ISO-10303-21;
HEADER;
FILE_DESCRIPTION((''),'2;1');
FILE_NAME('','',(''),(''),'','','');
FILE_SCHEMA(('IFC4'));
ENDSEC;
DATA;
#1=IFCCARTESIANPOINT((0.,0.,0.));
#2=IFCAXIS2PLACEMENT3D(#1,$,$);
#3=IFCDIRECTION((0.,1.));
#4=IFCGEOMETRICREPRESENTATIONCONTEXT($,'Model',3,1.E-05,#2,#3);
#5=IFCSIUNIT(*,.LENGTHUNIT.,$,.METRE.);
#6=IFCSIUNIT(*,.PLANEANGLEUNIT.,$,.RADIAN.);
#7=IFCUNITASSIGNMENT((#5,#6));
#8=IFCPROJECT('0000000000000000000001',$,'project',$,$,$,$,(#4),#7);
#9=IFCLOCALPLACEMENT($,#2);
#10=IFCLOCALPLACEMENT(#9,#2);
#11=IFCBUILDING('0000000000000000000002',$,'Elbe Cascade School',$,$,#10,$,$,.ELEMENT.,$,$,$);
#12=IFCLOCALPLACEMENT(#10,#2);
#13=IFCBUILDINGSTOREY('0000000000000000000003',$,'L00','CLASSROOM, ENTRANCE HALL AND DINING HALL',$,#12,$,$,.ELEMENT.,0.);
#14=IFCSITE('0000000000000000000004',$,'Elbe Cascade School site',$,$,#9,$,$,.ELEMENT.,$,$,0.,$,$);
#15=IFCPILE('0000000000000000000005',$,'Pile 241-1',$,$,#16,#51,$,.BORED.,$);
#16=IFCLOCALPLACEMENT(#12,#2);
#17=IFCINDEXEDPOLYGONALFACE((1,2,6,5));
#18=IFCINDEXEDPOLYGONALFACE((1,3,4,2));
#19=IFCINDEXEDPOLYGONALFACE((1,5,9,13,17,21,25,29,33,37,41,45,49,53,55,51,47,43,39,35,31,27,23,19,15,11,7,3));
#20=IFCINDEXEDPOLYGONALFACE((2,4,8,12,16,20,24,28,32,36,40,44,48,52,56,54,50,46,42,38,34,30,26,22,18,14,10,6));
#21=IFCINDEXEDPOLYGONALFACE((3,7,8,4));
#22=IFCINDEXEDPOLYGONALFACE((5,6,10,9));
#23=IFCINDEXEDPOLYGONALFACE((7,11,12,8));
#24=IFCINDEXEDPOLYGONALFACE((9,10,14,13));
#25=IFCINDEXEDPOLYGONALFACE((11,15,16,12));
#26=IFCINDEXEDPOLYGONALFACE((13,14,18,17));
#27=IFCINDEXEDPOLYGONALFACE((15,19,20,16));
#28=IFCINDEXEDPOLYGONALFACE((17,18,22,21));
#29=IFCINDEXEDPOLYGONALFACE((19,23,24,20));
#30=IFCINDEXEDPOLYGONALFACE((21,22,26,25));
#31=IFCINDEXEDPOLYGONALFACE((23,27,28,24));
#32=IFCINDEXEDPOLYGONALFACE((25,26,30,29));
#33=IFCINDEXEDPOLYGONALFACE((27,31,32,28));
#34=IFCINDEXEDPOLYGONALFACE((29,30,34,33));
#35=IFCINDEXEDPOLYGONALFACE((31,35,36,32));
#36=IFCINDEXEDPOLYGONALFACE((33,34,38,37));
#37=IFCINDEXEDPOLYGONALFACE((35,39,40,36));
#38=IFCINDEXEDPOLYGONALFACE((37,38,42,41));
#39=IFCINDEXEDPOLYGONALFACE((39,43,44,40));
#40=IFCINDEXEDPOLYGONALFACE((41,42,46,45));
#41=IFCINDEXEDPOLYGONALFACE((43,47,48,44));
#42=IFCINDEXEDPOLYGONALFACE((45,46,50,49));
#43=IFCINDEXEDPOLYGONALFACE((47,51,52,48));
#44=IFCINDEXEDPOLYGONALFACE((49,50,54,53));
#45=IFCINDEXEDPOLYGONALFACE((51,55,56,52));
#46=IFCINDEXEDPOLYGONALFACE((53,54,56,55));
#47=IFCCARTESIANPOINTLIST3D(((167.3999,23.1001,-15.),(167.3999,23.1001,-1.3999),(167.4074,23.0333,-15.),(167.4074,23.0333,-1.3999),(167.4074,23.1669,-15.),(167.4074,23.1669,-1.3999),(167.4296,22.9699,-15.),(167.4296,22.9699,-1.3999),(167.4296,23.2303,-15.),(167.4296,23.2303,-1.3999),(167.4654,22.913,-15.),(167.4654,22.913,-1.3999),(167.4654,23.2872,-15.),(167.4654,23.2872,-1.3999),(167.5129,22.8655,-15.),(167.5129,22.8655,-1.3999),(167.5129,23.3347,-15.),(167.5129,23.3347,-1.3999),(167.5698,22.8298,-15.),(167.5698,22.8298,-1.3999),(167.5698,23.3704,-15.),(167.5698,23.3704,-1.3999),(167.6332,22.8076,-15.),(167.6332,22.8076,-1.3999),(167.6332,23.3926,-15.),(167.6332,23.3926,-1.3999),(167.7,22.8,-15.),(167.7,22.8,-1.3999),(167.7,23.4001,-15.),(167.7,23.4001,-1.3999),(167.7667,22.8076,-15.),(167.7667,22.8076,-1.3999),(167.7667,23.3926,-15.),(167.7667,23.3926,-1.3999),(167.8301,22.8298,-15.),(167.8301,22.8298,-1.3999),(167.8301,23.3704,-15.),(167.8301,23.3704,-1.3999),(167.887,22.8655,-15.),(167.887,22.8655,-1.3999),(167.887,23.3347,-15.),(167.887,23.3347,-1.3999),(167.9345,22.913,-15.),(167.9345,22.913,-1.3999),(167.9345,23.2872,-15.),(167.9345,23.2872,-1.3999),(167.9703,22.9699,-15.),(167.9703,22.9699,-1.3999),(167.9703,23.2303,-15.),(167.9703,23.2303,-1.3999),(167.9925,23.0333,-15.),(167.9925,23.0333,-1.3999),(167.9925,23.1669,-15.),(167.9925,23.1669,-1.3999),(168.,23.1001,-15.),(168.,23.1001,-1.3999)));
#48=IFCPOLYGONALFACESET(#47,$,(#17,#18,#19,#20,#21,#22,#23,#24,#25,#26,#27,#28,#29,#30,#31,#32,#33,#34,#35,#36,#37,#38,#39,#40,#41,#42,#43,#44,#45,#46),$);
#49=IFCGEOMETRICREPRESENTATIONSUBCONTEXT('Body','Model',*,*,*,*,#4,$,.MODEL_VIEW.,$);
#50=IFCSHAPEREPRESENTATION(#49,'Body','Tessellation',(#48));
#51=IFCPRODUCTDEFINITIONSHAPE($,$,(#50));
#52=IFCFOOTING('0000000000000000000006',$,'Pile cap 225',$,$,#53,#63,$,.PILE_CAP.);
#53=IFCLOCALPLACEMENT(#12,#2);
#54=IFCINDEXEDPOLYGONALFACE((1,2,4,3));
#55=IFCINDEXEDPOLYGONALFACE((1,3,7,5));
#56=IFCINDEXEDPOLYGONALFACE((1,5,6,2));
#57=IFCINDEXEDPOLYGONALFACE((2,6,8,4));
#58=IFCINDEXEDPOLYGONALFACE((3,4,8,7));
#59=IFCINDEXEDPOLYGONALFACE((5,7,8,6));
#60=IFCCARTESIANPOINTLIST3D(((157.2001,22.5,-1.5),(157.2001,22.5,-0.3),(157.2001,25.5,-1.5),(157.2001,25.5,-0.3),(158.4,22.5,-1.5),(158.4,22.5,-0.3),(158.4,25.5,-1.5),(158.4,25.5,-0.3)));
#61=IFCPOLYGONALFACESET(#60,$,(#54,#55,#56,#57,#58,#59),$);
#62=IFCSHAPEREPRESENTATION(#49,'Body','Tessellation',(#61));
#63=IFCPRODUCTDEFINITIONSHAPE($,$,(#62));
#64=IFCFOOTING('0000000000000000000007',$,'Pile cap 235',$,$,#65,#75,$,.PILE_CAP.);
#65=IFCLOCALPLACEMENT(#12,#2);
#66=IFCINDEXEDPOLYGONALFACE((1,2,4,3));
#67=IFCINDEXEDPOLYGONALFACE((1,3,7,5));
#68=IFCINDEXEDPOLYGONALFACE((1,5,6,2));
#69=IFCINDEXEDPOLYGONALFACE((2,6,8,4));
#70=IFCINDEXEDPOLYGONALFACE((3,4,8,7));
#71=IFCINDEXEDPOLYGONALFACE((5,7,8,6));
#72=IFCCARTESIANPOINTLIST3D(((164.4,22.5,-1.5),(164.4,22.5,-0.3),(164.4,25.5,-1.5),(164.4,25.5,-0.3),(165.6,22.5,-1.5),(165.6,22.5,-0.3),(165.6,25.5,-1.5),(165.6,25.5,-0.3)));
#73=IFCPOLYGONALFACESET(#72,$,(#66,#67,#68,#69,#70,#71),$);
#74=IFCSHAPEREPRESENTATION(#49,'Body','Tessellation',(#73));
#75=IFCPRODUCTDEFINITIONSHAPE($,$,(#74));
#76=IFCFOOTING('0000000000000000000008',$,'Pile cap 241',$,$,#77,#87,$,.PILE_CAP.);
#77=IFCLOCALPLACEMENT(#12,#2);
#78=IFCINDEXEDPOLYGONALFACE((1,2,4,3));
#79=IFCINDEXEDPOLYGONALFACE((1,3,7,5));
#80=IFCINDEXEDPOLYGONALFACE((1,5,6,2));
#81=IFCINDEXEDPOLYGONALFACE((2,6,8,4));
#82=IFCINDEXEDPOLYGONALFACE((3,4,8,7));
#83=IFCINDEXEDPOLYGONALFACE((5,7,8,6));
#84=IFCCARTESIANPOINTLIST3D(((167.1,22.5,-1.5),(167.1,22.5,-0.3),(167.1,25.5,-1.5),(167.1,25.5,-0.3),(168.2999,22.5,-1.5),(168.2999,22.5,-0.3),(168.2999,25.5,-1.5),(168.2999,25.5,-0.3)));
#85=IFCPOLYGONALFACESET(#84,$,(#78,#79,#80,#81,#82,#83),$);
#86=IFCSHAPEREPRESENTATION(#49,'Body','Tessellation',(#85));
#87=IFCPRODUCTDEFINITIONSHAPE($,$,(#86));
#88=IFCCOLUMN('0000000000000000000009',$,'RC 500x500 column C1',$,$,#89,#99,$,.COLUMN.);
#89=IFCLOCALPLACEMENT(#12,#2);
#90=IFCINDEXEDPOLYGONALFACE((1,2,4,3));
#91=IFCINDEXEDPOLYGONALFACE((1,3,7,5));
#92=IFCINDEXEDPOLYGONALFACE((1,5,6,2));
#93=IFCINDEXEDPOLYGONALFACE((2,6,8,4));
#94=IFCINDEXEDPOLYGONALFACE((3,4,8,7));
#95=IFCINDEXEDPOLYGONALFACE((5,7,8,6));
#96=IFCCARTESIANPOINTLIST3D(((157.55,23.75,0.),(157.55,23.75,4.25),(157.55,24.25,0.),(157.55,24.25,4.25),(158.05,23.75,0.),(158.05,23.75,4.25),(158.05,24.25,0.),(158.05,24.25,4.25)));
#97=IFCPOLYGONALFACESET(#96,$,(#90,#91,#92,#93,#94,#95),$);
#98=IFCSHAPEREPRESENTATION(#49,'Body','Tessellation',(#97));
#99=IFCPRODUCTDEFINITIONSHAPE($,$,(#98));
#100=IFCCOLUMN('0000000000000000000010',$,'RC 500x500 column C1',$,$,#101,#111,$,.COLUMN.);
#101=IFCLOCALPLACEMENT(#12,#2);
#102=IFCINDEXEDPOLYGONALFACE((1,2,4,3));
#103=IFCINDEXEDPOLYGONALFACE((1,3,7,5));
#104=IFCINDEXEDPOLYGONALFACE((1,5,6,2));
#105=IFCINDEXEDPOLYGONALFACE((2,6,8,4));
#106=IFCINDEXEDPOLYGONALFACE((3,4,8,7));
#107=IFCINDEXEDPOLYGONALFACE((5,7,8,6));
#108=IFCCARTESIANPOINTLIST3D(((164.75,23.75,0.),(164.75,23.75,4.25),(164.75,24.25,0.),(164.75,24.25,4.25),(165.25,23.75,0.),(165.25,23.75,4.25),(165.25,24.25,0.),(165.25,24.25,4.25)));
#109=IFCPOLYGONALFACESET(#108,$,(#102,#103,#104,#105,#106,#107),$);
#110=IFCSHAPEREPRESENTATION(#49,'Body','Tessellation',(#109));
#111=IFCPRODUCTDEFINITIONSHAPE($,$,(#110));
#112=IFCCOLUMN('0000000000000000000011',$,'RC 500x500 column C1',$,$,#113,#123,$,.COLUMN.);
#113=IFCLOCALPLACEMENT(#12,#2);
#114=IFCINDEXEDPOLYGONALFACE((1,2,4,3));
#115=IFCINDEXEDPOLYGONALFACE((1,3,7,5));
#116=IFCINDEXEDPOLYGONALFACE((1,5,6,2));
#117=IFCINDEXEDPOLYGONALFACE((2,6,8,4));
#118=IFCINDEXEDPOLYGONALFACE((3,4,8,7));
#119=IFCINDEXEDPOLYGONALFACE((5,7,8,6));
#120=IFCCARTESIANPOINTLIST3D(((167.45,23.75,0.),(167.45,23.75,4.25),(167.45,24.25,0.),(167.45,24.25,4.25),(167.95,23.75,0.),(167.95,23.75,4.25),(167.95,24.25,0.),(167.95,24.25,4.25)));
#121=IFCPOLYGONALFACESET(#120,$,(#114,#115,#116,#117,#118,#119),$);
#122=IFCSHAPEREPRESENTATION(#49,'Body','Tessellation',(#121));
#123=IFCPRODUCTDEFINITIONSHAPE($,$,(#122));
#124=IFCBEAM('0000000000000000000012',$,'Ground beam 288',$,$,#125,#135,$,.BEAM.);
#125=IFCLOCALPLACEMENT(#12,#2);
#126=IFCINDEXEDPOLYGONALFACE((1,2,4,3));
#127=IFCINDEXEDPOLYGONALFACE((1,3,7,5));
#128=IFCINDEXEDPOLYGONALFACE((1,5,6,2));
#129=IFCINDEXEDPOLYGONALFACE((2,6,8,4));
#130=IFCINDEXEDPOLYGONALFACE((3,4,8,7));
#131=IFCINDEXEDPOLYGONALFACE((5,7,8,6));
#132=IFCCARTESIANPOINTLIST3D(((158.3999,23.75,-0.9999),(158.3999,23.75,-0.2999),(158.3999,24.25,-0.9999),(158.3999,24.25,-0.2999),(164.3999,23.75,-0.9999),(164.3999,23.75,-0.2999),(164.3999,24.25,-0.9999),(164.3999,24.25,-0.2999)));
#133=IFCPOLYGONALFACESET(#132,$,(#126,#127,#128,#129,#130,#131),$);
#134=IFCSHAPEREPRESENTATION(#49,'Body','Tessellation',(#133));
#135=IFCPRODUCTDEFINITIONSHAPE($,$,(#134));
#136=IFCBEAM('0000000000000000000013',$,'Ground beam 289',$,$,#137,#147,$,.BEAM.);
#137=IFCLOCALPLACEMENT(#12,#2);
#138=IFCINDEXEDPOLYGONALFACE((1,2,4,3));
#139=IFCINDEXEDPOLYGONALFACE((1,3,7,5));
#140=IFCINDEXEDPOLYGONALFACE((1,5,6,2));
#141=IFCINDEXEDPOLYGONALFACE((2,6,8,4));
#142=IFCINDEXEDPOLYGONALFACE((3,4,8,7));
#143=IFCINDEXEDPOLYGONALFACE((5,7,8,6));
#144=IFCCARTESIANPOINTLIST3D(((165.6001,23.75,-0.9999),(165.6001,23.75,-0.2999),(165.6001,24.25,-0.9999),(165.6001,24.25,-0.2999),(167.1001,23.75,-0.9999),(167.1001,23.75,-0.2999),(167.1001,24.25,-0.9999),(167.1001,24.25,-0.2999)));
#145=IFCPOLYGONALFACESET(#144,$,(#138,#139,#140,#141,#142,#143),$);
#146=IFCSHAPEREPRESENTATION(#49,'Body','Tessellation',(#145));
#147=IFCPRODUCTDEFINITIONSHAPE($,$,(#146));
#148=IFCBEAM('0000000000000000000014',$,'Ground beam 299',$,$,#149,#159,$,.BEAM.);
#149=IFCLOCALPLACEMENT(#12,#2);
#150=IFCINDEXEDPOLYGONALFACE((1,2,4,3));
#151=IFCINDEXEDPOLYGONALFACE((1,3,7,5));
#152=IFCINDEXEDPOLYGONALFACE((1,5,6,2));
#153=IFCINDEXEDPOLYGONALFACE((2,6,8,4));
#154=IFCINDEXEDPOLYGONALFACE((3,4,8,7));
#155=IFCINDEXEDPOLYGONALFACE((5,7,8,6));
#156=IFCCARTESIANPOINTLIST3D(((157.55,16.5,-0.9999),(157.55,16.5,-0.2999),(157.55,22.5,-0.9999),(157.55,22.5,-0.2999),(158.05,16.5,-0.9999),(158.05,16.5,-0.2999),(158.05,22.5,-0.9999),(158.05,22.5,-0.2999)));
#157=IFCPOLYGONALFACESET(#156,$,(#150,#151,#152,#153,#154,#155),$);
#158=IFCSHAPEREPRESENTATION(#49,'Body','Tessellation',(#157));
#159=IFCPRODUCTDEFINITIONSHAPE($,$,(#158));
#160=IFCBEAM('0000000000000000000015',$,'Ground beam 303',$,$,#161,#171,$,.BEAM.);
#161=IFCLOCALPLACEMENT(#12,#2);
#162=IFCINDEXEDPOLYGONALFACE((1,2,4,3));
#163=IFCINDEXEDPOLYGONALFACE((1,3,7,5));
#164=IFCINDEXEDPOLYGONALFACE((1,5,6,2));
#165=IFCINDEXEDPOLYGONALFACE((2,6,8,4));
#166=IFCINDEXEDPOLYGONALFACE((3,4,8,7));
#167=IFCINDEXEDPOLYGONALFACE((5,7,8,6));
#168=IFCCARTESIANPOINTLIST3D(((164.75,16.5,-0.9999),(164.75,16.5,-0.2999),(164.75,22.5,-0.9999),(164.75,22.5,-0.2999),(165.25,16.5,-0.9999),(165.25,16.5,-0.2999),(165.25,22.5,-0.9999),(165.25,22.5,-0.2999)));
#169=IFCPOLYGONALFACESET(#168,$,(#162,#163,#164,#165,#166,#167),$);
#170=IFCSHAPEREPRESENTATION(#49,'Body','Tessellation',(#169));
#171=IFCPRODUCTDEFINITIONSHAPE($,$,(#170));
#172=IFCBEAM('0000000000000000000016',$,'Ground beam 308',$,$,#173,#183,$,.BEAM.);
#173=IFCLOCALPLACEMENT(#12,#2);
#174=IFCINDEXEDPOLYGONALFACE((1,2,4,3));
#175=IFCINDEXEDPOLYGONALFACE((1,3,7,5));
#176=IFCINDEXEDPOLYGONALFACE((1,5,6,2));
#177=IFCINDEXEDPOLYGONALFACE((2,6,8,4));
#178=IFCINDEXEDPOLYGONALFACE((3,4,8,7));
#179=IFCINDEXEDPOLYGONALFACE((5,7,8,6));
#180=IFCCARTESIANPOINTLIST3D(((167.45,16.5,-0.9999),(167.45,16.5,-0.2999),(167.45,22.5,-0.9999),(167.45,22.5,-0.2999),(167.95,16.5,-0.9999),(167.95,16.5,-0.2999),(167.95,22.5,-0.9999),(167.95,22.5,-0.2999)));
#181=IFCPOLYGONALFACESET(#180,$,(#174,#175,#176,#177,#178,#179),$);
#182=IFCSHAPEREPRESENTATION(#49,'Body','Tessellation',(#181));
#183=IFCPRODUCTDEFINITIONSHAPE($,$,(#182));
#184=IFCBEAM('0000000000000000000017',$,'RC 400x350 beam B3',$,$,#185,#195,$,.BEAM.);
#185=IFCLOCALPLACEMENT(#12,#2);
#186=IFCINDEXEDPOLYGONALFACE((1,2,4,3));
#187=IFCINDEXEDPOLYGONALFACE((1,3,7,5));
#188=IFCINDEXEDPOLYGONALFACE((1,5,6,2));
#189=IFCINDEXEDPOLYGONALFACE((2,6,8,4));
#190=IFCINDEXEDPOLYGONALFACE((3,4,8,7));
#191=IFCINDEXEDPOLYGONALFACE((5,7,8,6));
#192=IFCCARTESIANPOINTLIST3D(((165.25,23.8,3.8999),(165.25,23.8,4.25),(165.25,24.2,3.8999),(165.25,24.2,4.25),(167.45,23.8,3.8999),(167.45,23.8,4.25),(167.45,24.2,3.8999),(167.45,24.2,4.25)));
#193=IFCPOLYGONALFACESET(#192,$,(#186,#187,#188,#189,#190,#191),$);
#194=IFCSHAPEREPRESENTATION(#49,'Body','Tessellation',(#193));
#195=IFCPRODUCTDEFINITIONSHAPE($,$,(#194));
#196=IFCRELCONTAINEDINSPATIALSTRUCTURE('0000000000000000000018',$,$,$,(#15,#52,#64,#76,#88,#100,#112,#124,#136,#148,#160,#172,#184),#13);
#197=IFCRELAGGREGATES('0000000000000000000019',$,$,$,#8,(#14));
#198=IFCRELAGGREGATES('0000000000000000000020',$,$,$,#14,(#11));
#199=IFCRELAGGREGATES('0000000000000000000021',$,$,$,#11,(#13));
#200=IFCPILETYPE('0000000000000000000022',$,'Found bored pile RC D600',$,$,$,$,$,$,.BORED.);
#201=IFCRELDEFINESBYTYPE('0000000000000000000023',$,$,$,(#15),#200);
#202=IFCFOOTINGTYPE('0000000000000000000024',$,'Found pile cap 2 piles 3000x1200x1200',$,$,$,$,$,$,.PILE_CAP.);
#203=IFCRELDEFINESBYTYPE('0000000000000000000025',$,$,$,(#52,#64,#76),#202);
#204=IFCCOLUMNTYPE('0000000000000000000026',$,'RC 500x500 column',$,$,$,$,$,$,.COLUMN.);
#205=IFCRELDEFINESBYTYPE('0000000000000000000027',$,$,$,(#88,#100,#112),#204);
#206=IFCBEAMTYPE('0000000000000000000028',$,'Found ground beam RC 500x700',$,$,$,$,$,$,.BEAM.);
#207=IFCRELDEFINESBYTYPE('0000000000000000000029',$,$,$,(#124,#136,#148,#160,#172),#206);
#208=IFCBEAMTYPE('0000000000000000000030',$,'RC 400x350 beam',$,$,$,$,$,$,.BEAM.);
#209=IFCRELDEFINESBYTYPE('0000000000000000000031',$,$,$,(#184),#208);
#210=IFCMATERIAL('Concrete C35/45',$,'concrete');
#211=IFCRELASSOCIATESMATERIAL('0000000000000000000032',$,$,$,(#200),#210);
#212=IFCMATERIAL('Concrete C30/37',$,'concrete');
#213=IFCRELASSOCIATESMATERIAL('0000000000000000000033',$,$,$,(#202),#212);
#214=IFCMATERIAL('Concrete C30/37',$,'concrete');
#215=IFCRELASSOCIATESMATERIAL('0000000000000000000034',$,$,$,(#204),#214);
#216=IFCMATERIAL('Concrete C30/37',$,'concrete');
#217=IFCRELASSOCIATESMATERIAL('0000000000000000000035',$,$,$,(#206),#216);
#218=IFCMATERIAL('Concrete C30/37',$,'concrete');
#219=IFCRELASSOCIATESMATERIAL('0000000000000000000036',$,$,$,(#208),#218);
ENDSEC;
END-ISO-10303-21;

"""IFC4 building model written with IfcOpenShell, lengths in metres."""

from ifc_helpers import new_model, si_unit, direction, frame, origin, origin_2d, place, context, subcontext, project, spatial, rectangle, circle, extrude, material, material_profile, profile_set, type_object, element, save


model = new_model("IFC4")

# Units and contexts
model_context = context("Model", 3, precision=1e-05, world=origin(), true_north=direction((0.0, 1.0)))
body_context = subcontext(model_context, "Body", "Model", "MODEL_VIEW")
ifc_project = project(units=[si_unit("LENGTHUNIT", "METRE"), si_unit("PLANEANGLEUNIT", "RADIAN")], contexts=[model_context])

# Site, building, storey
site_placement = place(None, origin())
site = spatial("IfcSite", under=ifc_project, at=site_placement, Name="Elbe Cascade School site", CompositionType="ELEMENT", RefElevation=0.0)
building_placement = place(site_placement, origin())
building = spatial("IfcBuilding", under=site, at=building_placement, Name="Elbe Cascade School", CompositionType="ELEMENT")
storey_placement = place(building_placement, origin())
storey = spatial("IfcBuildingStorey", under=building, at=storey_placement, Name="L00", Description="CLASSROOM, ENTRANCE HALL AND DINING HALL", CompositionType="ELEMENT", Elevation=0.0)

# Pile
ifc_material_1 = material(Name="Concrete C35/45", Category="concrete")
ifc_material_profile_1 = material_profile(ifc_material_1, circle(Radius=0.3, at=origin_2d()), Name="RC D600")
ifc_profile_set_1 = profile_set([ifc_material_profile_1], Name="Concrete C35/45")
pile_type = type_object("IfcPileType", Name="Found bored pile RC D600", PredefinedType="BORED", material=ifc_profile_set_1)
for number, where, z_axis, x_axis, name in (
    (1, (167.7, 23.1001, -1.3999), (0.0, 0.0, -1.0), (1.0, 0.0, 0.0), "Pile 241-1"),
):
    element("IfcPile", number, at=place(storey_placement, frame(where, z_axis=z_axis, x_axis=x_axis)), inside=storey, type_object=pile_type, Name=name, PredefinedType="BORED", context=body_context, shape_type="SweptSolid", body=[
        extrude(circle(Radius=0.3, at=origin_2d()), origin(), (0.0, 0.0, 1.0), 13.6001),
    ])

# Footings
ifc_material_2 = material(Name="Concrete C30/37", Category="concrete")
footing_type = type_object("IfcFootingType", Name="Found pile cap 2 piles 3000x1200x1200", PredefinedType="PILE_CAP", material=ifc_material_2)
for number, where, z_axis, x_axis, name in (
    (2, (157.8, 24.0, -1.5), (0.0, 0.0, 1.0), (1.0, 0.0, 0.0), "Pile cap 225"),
    (3, (165.0, 24.0, -1.5), (0.0, 0.0, 1.0), (1.0, 0.0, 0.0), "Pile cap 235"),
    (4, (167.7, 24.0, -1.5), (0.0, 0.0, 1.0), (1.0, 0.0, 0.0), "Pile cap 241"),
):
    element("IfcFooting", number, at=place(storey_placement, frame(where, z_axis=z_axis, x_axis=x_axis)), inside=storey, type_object=footing_type, Name=name, PredefinedType="PILE_CAP", context=body_context, shape_type="SweptSolid", body=[
        extrude(rectangle(XDim=1.2, YDim=3.0, at=origin_2d()), origin(), (0.0, 0.0, 1.0), 1.2),
    ])

# Columns
ifc_material_3 = material(Name="Concrete C30/37", Category="concrete")
ifc_material_profile_2 = material_profile(ifc_material_3, rectangle(XDim=0.5, YDim=0.5, at=origin_2d()), Name="RC 500x500")
ifc_profile_set_2 = profile_set([ifc_material_profile_2], Name="Concrete C30/37")
column_type = type_object("IfcColumnType", Name="RC 500x500 column", PredefinedType="COLUMN", material=ifc_profile_set_2)
for number, where, z_axis, x_axis, name in (
    (5, (157.8, 24.0, 0.0), (0.0, 0.0, 1.0), (1.0, 0.0, 0.0), "RC 500x500 column C1"),
    (6, (165.0, 24.0, 0.0), (0.0, 0.0, 1.0), (1.0, 0.0, 0.0), "RC 500x500 column C1"),
    (7, (167.7, 24.0, 0.0), (0.0, 0.0, 1.0), (1.0, 0.0, 0.0), "RC 500x500 column C1"),
):
    element("IfcColumn", number, at=place(storey_placement, frame(where, z_axis=z_axis, x_axis=x_axis)), inside=storey, type_object=column_type, Name=name, PredefinedType="COLUMN", context=body_context, shape_type="SweptSolid", body=[
        extrude(rectangle(XDim=0.5, YDim=0.5, at=origin_2d()), origin(), (0.0, 0.0, 1.0), 4.25),
    ])

# Beams
ifc_material_4 = material(Name="Concrete C30/37", Category="concrete")
ifc_material_profile_3 = material_profile(ifc_material_4, rectangle(XDim=0.5, YDim=0.7, at=origin_2d()), Name="RC 500x700")
ifc_profile_set_3 = profile_set([ifc_material_profile_3], Name="Concrete C30/37")
beam_type_1 = type_object("IfcBeamType", Name="Found ground beam RC 500x700", PredefinedType="BEAM", material=ifc_profile_set_3)
beam_1_placement = place(storey_placement, frame((158.3999, 24.0, -0.6499), z_axis=(1.0, 0.0, 0.0), x_axis=(0.0, 1.0, 0.0)))
element("IfcBeam", 8, at=beam_1_placement, inside=storey, type_object=beam_type_1, Name="Ground beam 288", PredefinedType="BEAM", context=body_context, shape_type="SweptSolid", body=[
    extrude(rectangle(XDim=0.5, YDim=0.7, at=origin_2d()), origin(), (0.0, 0.0, 1.0), 6.0),
])
beam_2_placement = place(storey_placement, frame((165.6001, 24.0, -0.6499), z_axis=(1.0, 0.0, 0.0), x_axis=(0.0, 1.0, 0.0)))
element("IfcBeam", 9, at=beam_2_placement, inside=storey, type_object=beam_type_1, Name="Ground beam 289", PredefinedType="BEAM", context=body_context, shape_type="SweptSolid", body=[
    extrude(rectangle(XDim=0.5, YDim=0.7, at=origin_2d()), origin(), (0.0, 0.0, 1.0), 1.5),
])
for number, where, z_axis, x_axis, name in (
    (10, (157.8, 16.5, -0.6499), (0.0, 1.0, 0.0), (-1.0, 0.0, 0.0), "Ground beam 299"),
    (11, (165.0, 16.5, -0.6499), (0.0, 1.0, 0.0), (-1.0, 0.0, 0.0), "Ground beam 303"),
    (12, (167.7, 16.5, -0.6499), (0.0, 1.0, 0.0), (-1.0, 0.0, 0.0), "Ground beam 308"),
):
    element("IfcBeam", number, at=place(storey_placement, frame(where, z_axis=z_axis, x_axis=x_axis)), inside=storey, type_object=beam_type_1, Name=name, PredefinedType="BEAM", context=body_context, shape_type="SweptSolid", body=[
        extrude(rectangle(XDim=0.5, YDim=0.7, at=origin_2d()), origin(), (0.0, 0.0, 1.0), 6.0),
    ])
ifc_material_5 = material(Name="Concrete C30/37", Category="concrete")
ifc_material_profile_4 = material_profile(ifc_material_5, rectangle(XDim=0.3999, YDim=0.3501, at=origin_2d()), Name="RC 400x350")
ifc_profile_set_4 = profile_set([ifc_material_profile_4], Name="Concrete C30/37")
beam_type_2 = type_object("IfcBeamType", Name="RC 400x350 beam", PredefinedType="BEAM", material=ifc_profile_set_4)
beam_3_placement = place(storey_placement, frame((165.25, 24.0, 4.075), z_axis=(1.0, 0.0, 0.0), x_axis=(0.0, 1.0, 0.0)))
element("IfcBeam", 13, at=beam_3_placement, inside=storey, type_object=beam_type_2, Name="RC 400x350 beam B3", PredefinedType="BEAM", context=body_context, shape_type="SweptSolid", body=[
    extrude(rectangle(XDim=0.3999, YDim=0.3501, at=origin_2d()), origin(), (0.0, 0.0, 1.0), 2.2),
])

save(model, "model.ifc")
